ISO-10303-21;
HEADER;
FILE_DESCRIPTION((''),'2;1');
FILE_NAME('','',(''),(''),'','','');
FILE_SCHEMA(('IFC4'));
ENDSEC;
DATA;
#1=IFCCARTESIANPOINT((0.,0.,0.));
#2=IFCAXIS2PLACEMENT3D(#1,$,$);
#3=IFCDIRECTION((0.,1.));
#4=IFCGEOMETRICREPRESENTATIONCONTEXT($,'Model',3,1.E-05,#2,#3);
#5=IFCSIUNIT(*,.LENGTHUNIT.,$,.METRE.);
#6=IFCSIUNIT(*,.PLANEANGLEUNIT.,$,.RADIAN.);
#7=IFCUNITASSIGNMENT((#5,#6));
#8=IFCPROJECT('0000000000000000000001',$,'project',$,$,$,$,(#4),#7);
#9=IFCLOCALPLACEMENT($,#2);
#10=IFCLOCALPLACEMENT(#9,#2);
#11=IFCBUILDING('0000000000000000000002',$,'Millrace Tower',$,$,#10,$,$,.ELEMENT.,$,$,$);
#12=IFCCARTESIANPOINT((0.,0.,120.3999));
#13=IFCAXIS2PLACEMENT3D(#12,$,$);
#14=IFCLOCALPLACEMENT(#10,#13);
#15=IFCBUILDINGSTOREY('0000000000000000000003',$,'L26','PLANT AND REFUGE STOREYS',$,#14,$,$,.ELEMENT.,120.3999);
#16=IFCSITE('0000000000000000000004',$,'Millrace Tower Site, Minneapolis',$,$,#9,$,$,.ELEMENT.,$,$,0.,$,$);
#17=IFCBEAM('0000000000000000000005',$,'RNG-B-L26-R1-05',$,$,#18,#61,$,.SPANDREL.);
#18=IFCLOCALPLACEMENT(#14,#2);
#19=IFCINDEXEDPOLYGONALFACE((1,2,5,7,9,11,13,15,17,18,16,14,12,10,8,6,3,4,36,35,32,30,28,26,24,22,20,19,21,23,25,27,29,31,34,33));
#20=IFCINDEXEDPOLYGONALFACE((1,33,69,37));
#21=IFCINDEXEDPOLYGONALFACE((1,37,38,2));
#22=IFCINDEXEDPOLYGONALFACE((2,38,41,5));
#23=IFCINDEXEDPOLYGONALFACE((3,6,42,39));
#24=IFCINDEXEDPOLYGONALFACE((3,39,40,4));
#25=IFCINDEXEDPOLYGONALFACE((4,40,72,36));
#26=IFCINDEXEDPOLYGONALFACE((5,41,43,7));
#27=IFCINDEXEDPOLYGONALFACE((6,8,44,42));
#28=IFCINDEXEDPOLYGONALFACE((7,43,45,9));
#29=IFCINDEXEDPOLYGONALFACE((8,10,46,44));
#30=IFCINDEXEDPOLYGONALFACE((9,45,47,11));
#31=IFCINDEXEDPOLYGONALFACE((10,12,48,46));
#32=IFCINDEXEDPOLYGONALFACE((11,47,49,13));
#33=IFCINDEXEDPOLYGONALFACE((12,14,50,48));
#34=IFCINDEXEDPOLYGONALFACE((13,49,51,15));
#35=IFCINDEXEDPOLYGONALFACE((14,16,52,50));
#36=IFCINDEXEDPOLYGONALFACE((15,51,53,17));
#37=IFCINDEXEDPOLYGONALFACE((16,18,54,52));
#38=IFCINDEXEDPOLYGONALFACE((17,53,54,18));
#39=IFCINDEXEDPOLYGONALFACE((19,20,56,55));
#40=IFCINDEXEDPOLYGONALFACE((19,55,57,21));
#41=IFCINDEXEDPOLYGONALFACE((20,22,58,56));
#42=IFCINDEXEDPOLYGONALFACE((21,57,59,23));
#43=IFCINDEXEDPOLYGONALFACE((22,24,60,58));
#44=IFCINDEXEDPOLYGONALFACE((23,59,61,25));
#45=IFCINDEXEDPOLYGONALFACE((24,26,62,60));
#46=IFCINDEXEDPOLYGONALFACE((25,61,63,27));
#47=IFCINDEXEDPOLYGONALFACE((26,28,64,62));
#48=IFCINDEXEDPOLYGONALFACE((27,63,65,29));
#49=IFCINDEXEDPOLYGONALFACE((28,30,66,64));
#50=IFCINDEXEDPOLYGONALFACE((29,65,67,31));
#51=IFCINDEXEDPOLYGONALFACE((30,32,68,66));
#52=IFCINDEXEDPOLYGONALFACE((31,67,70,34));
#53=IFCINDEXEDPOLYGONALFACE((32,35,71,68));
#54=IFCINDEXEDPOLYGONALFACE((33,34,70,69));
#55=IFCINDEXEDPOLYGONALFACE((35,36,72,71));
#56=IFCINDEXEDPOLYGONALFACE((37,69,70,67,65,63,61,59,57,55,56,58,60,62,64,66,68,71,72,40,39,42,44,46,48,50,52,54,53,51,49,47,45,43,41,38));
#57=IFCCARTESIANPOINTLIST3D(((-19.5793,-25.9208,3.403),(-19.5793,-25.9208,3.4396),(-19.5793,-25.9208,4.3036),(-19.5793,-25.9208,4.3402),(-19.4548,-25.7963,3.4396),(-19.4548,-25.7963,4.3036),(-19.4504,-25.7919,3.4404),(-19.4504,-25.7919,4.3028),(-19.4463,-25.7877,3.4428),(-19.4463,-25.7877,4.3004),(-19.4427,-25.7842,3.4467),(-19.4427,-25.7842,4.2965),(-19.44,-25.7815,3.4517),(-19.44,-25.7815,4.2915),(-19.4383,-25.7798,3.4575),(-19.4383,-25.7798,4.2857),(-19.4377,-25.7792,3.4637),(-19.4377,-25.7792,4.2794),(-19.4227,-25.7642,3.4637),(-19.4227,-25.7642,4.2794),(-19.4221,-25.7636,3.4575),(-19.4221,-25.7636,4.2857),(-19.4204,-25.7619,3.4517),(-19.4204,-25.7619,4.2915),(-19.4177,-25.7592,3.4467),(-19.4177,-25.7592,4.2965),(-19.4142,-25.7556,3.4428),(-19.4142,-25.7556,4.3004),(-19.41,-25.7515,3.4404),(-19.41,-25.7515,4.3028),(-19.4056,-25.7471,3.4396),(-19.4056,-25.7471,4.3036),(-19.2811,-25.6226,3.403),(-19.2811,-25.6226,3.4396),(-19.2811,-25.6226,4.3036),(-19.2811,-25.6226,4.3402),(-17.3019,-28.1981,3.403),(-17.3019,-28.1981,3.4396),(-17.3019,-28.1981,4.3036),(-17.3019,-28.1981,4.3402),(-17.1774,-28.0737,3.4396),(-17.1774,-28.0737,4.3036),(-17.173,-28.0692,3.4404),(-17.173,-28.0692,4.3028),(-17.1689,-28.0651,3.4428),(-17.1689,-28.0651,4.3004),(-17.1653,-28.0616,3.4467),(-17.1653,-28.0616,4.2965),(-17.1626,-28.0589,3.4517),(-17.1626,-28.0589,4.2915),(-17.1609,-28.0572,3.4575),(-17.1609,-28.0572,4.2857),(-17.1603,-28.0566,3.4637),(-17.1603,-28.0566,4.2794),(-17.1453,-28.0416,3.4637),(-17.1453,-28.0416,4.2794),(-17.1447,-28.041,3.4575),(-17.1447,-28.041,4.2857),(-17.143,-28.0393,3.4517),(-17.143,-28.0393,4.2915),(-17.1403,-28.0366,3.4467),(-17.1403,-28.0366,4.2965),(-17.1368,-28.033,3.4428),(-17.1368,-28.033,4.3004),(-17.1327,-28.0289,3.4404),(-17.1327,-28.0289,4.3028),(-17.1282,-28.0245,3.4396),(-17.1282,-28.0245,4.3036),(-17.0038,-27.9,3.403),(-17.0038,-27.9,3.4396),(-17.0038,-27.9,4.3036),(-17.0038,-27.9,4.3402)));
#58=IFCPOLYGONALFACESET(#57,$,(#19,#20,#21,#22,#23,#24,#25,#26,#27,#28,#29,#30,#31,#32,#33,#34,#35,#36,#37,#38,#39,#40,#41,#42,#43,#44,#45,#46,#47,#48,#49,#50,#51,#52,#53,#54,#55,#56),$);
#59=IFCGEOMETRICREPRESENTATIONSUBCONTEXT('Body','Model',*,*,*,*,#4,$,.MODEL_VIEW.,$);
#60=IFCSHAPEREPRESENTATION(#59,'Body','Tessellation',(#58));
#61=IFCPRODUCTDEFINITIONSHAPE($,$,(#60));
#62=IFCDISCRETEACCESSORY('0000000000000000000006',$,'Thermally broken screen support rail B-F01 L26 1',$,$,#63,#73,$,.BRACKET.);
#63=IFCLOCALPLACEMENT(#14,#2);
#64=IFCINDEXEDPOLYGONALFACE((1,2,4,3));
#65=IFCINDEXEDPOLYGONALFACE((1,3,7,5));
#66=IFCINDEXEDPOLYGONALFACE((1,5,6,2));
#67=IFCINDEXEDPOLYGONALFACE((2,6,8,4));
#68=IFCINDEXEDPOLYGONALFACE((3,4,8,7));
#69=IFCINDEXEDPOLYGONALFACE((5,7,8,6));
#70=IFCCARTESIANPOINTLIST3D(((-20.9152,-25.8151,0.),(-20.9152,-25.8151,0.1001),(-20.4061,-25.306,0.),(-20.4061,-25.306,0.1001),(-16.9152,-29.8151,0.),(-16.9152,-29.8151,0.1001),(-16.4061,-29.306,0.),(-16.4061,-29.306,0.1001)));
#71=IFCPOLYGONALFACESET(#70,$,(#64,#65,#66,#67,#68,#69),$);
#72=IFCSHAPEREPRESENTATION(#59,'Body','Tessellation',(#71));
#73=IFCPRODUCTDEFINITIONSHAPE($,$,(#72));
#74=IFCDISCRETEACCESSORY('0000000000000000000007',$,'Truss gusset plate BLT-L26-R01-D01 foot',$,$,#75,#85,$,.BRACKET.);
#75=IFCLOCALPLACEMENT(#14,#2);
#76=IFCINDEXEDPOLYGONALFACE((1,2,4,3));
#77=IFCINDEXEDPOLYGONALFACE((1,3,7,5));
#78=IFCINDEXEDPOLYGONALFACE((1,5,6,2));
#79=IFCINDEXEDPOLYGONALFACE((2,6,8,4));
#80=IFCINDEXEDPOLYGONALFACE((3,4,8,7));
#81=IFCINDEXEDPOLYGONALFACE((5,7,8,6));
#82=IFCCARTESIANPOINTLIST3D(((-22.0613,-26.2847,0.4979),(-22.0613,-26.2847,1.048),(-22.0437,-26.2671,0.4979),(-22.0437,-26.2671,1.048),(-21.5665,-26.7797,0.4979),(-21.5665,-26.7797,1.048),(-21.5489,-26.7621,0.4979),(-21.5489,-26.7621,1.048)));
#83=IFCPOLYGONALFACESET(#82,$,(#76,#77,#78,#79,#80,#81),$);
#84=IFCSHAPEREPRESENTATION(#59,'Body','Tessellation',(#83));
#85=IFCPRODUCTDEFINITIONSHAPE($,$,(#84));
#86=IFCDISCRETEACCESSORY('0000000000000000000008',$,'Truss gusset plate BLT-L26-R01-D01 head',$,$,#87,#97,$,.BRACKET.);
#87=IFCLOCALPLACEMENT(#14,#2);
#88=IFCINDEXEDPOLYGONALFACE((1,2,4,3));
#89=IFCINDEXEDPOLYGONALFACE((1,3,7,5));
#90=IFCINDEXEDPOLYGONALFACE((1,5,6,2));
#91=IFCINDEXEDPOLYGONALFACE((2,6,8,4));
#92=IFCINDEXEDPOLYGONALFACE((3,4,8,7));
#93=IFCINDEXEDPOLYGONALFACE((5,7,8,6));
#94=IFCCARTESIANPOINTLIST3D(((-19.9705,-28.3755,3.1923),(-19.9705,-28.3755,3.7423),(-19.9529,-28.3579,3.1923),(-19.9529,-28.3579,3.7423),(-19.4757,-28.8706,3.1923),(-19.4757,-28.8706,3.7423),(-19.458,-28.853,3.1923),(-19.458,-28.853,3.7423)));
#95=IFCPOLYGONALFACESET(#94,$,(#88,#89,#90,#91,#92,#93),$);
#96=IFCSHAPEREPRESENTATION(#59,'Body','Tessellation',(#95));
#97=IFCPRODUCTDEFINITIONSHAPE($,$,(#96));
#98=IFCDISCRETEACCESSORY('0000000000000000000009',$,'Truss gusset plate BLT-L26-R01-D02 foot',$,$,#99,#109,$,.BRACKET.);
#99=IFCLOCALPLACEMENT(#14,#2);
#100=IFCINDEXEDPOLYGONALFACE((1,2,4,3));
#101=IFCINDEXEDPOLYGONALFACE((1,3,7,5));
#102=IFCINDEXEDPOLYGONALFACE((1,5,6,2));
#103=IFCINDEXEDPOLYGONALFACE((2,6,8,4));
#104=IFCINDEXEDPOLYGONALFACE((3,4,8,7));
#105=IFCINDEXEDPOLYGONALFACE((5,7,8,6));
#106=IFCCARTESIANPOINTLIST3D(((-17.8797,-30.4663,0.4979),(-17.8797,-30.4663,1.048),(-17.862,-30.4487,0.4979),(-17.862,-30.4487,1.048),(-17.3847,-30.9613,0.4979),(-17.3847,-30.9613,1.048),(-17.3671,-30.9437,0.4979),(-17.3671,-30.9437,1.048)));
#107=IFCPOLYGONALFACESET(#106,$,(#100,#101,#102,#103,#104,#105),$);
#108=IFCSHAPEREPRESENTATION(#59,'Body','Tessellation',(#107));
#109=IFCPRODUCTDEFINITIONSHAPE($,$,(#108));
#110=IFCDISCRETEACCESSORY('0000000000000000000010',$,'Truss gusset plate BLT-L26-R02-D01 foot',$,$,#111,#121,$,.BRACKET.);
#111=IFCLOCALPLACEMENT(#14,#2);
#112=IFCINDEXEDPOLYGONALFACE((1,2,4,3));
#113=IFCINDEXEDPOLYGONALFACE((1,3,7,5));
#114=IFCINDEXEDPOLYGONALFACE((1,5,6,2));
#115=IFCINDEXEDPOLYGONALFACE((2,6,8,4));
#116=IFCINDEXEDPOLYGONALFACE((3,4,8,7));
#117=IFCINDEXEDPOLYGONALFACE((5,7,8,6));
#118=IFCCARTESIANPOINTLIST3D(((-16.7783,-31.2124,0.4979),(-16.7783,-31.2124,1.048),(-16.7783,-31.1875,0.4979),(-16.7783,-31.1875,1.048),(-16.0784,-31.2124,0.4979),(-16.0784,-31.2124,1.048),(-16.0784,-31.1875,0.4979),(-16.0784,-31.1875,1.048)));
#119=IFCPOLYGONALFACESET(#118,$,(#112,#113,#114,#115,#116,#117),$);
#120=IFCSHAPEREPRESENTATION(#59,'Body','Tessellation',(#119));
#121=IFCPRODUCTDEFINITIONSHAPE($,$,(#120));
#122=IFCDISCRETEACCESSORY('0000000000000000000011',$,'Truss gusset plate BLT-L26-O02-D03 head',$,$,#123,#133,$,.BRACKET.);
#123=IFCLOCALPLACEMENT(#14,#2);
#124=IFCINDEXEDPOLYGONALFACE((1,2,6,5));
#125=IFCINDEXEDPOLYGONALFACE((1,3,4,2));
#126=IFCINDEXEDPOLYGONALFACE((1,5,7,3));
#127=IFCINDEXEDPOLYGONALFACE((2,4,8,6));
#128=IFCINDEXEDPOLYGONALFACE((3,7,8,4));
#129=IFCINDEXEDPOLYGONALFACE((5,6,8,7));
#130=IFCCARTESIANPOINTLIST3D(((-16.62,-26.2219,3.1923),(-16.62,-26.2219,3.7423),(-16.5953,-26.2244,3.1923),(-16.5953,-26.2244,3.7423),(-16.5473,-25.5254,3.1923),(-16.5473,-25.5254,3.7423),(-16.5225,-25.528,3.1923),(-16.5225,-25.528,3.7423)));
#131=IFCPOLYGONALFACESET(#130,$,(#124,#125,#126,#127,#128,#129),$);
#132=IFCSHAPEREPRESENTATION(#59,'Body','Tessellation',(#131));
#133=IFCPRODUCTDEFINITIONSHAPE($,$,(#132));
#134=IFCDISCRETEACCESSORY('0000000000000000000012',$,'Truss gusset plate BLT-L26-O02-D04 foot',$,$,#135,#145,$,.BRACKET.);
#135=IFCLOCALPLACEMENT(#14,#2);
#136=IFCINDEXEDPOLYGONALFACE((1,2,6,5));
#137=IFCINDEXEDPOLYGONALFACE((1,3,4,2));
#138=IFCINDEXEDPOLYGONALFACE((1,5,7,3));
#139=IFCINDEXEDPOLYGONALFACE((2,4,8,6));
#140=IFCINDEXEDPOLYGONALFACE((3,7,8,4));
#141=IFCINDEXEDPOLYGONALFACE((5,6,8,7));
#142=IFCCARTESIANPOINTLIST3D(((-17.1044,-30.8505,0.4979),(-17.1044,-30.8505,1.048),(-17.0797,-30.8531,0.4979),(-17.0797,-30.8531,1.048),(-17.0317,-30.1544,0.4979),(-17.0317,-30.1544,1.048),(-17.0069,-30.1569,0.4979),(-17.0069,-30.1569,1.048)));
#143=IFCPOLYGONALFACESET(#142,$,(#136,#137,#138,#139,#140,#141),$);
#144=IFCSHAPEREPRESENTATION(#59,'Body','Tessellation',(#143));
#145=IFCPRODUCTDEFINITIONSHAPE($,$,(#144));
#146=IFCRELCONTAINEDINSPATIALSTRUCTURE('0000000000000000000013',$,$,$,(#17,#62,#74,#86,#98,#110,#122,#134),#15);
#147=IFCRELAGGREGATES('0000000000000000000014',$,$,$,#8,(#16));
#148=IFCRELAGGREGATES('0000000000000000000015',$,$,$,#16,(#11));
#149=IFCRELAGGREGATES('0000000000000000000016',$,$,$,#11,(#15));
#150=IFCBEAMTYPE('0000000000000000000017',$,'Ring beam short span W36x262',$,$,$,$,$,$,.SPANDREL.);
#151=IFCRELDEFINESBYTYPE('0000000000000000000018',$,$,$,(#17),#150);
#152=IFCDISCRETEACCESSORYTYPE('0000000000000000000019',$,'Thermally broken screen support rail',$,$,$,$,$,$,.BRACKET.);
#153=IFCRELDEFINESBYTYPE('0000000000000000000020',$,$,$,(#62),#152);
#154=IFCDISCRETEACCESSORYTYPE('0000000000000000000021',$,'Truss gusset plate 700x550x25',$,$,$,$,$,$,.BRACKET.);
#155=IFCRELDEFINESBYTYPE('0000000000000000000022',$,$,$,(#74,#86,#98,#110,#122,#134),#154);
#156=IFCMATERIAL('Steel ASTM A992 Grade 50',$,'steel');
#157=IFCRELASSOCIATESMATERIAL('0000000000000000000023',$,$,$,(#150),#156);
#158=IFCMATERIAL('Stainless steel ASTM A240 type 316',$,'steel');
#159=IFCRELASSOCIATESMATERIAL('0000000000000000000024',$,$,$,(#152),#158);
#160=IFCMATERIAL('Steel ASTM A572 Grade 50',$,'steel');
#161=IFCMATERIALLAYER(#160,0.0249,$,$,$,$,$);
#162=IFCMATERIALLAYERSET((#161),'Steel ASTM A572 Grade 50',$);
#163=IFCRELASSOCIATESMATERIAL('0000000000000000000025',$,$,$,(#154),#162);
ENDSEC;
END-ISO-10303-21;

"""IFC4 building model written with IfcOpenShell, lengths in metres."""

from ifc_helpers import new_model, si_unit, direction, frame, origin, origin_2d, place, context, subcontext, project, spatial, rectangle, i_section, extrude, material, layer, layer_set, material_profile, profile_set, type_object, element, save


model = new_model("IFC4")

# Units and contexts
model_context = context("Model", 3, precision=1e-05, world=origin(), true_north=direction((0.0, 1.0)))
body_context = subcontext(model_context, "Body", "Model", "MODEL_VIEW")
ifc_project = project(units=[si_unit("LENGTHUNIT", "METRE"), si_unit("PLANEANGLEUNIT", "RADIAN")], contexts=[model_context])

# Site, building, storey
site_placement = place(None, origin())
site = spatial("IfcSite", under=ifc_project, at=site_placement, Name="Millrace Tower Site, Minneapolis", CompositionType="ELEMENT", RefElevation=0.0)
building_placement = place(site_placement, origin())
building = spatial("IfcBuilding", under=site, at=building_placement, Name="Millrace Tower", CompositionType="ELEMENT")
storey_placement = place(building_placement, frame((0.0, 0.0, 120.3999)))
storey = spatial("IfcBuildingStorey", under=building, at=storey_placement, Name="L26", Description="PLANT AND REFUGE STOREYS", CompositionType="ELEMENT", Elevation=120.3999)

# Beam
ifc_material_1 = material(Name="Steel ASTM A992 Grade 50", Category="steel")
ifc_material_profile_1 = material_profile(ifc_material_1, i_section(OverallWidth=0.4216, OverallDepth=0.9373, WebThickness=0.0212, FlangeThickness=0.0366, FilletRadius=0.0242, at=origin_2d()))
ifc_profile_set_1 = profile_set([ifc_material_profile_1], Name="Steel ASTM A992 Grade 50")
beam_type_1 = type_object("IfcBeamType", Name="Ring beam short span W36x262", PredefinedType="SPANDREL", material=ifc_profile_set_1)
beam_1_placement = place(storey_placement, frame((-17.1528, -28.0491, 3.8716), z_axis=(-0.707107, 0.707107, 0.0), x_axis=(-0.707107, -0.707107, 0.0)))
element("IfcBeam", 1, at=beam_1_placement, inside=storey, type_object=beam_type_1, Name="RNG-B-L26-R1-05", PredefinedType="SPANDREL", context=body_context, shape_type="SweptSolid", body=[
    extrude(i_section(OverallWidth=0.4216, OverallDepth=0.9373, WebThickness=0.0212, FlangeThickness=0.0366, FilletRadius=0.0242, at=origin_2d()), origin(), (0.0, 0.0, 1.0), 3.2207),
])

# Discrete accessories
ifc_material_2 = material(Name="Stainless steel ASTM A240 type 316", Category="steel")
discrete_accessory_type_1 = type_object("IfcDiscreteAccessoryType", Name="Thermally broken screen support rail", PredefinedType="BRACKET", material=ifc_material_2)
discrete_accessory_1_placement = place(storey_placement, frame((-18.6606, -27.5605, 0.0), z_axis=(0.0, 0.0, 1.0), x_axis=(0.707107, -0.707107, 0.0)))
element("IfcDiscreteAccessory", 2, at=discrete_accessory_1_placement, inside=storey, type_object=discrete_accessory_type_1, Name="Thermally broken screen support rail B-F01 L26 1", PredefinedType="BRACKET", context=body_context, shape_type="SweptSolid", body=[
    extrude(rectangle(XDim=5.6567, YDim=0.72, at=origin_2d()), origin(), (0.0, 0.0, 1.0), 0.1001),
])
ifc_material_3 = material(Name="Steel ASTM A572 Grade 50", Category="steel")
ifc_layer_1 = layer(ifc_material_3, 0.0249)
ifc_layer_set_1 = layer_set([ifc_layer_1], Name="Steel ASTM A572 Grade 50")
discrete_accessory_type_2 = type_object("IfcDiscreteAccessoryType", Name="Truss gusset plate 700x550x25", PredefinedType="BRACKET", material=ifc_layer_set_1)
for number, where, z_axis, x_axis, name in (
    (3, (-22.0525, -26.2759, 0.7729), (0.706932, -0.707281, 0.0), (0.707281, 0.706932, 0.0), "Truss gusset plate BLT-L26-R01-D01 foot"),
    (4, (-19.9617, -28.3667, 3.4673), (0.706932, -0.707281, 0.0), (0.707281, 0.706932, 0.0), "Truss gusset plate BLT-L26-R01-D01 head"),
    (5, (-17.8708, -30.4575, 0.7729), (0.707107, -0.707107, 0.0), (0.707107, 0.707107, 0.0), "Truss gusset plate BLT-L26-R01-D02 foot"),
    (6, (-16.7783, -31.2, 0.7729), (1.0, 0.0, 0.0), (0.0, 1.0, 0.0), "Truss gusset plate BLT-L26-R02-D01 foot"),
):
    element("IfcDiscreteAccessory", number, at=place(storey_placement, frame(where, z_axis=z_axis, x_axis=x_axis)), inside=storey, type_object=discrete_accessory_type_2, Name=name, PredefinedType="BRACKET", context=body_context, shape_type="SweptSolid", body=[
        extrude(rectangle(XDim=0.0249, YDim=0.55, at=origin_2d()), origin(), (0.0, 0.0, 1.0), 0.7),
    ])
discrete_accessory_2_placement = place(storey_placement, frame((-16.6077, -26.2231, 3.4673), z_axis=(0.103922, 0.994585, 0.0), x_axis=(-0.994585, 0.103922, 0.0)))
element("IfcDiscreteAccessory", 7, at=discrete_accessory_2_placement, inside=storey, type_object=discrete_accessory_type_2, Name="Truss gusset plate BLT-L26-O02-D03 head", PredefinedType="BRACKET", context=body_context, shape_type="SweptSolid", body=[
    extrude(rectangle(XDim=0.0249, YDim=0.55, at=origin_2d()), origin(), (0.0, 0.0, 1.0), 0.7002),
])
discrete_accessory_3_placement = place(storey_placement, frame((-17.092, -30.8518, 0.7729), z_axis=(0.103958, 0.994582, 0.0), x_axis=(-0.994582, 0.103958, 0.0)))
element("IfcDiscreteAccessory", 8, at=discrete_accessory_3_placement, inside=storey, type_object=discrete_accessory_type_2, Name="Truss gusset plate BLT-L26-O02-D04 foot", PredefinedType="BRACKET", context=body_context, shape_type="SweptSolid", body=[
    extrude(rectangle(XDim=0.0249, YDim=0.55, at=origin_2d()), origin(), (0.0, 0.0, 1.0), 0.7),
])

save(model, "model.ifc")
